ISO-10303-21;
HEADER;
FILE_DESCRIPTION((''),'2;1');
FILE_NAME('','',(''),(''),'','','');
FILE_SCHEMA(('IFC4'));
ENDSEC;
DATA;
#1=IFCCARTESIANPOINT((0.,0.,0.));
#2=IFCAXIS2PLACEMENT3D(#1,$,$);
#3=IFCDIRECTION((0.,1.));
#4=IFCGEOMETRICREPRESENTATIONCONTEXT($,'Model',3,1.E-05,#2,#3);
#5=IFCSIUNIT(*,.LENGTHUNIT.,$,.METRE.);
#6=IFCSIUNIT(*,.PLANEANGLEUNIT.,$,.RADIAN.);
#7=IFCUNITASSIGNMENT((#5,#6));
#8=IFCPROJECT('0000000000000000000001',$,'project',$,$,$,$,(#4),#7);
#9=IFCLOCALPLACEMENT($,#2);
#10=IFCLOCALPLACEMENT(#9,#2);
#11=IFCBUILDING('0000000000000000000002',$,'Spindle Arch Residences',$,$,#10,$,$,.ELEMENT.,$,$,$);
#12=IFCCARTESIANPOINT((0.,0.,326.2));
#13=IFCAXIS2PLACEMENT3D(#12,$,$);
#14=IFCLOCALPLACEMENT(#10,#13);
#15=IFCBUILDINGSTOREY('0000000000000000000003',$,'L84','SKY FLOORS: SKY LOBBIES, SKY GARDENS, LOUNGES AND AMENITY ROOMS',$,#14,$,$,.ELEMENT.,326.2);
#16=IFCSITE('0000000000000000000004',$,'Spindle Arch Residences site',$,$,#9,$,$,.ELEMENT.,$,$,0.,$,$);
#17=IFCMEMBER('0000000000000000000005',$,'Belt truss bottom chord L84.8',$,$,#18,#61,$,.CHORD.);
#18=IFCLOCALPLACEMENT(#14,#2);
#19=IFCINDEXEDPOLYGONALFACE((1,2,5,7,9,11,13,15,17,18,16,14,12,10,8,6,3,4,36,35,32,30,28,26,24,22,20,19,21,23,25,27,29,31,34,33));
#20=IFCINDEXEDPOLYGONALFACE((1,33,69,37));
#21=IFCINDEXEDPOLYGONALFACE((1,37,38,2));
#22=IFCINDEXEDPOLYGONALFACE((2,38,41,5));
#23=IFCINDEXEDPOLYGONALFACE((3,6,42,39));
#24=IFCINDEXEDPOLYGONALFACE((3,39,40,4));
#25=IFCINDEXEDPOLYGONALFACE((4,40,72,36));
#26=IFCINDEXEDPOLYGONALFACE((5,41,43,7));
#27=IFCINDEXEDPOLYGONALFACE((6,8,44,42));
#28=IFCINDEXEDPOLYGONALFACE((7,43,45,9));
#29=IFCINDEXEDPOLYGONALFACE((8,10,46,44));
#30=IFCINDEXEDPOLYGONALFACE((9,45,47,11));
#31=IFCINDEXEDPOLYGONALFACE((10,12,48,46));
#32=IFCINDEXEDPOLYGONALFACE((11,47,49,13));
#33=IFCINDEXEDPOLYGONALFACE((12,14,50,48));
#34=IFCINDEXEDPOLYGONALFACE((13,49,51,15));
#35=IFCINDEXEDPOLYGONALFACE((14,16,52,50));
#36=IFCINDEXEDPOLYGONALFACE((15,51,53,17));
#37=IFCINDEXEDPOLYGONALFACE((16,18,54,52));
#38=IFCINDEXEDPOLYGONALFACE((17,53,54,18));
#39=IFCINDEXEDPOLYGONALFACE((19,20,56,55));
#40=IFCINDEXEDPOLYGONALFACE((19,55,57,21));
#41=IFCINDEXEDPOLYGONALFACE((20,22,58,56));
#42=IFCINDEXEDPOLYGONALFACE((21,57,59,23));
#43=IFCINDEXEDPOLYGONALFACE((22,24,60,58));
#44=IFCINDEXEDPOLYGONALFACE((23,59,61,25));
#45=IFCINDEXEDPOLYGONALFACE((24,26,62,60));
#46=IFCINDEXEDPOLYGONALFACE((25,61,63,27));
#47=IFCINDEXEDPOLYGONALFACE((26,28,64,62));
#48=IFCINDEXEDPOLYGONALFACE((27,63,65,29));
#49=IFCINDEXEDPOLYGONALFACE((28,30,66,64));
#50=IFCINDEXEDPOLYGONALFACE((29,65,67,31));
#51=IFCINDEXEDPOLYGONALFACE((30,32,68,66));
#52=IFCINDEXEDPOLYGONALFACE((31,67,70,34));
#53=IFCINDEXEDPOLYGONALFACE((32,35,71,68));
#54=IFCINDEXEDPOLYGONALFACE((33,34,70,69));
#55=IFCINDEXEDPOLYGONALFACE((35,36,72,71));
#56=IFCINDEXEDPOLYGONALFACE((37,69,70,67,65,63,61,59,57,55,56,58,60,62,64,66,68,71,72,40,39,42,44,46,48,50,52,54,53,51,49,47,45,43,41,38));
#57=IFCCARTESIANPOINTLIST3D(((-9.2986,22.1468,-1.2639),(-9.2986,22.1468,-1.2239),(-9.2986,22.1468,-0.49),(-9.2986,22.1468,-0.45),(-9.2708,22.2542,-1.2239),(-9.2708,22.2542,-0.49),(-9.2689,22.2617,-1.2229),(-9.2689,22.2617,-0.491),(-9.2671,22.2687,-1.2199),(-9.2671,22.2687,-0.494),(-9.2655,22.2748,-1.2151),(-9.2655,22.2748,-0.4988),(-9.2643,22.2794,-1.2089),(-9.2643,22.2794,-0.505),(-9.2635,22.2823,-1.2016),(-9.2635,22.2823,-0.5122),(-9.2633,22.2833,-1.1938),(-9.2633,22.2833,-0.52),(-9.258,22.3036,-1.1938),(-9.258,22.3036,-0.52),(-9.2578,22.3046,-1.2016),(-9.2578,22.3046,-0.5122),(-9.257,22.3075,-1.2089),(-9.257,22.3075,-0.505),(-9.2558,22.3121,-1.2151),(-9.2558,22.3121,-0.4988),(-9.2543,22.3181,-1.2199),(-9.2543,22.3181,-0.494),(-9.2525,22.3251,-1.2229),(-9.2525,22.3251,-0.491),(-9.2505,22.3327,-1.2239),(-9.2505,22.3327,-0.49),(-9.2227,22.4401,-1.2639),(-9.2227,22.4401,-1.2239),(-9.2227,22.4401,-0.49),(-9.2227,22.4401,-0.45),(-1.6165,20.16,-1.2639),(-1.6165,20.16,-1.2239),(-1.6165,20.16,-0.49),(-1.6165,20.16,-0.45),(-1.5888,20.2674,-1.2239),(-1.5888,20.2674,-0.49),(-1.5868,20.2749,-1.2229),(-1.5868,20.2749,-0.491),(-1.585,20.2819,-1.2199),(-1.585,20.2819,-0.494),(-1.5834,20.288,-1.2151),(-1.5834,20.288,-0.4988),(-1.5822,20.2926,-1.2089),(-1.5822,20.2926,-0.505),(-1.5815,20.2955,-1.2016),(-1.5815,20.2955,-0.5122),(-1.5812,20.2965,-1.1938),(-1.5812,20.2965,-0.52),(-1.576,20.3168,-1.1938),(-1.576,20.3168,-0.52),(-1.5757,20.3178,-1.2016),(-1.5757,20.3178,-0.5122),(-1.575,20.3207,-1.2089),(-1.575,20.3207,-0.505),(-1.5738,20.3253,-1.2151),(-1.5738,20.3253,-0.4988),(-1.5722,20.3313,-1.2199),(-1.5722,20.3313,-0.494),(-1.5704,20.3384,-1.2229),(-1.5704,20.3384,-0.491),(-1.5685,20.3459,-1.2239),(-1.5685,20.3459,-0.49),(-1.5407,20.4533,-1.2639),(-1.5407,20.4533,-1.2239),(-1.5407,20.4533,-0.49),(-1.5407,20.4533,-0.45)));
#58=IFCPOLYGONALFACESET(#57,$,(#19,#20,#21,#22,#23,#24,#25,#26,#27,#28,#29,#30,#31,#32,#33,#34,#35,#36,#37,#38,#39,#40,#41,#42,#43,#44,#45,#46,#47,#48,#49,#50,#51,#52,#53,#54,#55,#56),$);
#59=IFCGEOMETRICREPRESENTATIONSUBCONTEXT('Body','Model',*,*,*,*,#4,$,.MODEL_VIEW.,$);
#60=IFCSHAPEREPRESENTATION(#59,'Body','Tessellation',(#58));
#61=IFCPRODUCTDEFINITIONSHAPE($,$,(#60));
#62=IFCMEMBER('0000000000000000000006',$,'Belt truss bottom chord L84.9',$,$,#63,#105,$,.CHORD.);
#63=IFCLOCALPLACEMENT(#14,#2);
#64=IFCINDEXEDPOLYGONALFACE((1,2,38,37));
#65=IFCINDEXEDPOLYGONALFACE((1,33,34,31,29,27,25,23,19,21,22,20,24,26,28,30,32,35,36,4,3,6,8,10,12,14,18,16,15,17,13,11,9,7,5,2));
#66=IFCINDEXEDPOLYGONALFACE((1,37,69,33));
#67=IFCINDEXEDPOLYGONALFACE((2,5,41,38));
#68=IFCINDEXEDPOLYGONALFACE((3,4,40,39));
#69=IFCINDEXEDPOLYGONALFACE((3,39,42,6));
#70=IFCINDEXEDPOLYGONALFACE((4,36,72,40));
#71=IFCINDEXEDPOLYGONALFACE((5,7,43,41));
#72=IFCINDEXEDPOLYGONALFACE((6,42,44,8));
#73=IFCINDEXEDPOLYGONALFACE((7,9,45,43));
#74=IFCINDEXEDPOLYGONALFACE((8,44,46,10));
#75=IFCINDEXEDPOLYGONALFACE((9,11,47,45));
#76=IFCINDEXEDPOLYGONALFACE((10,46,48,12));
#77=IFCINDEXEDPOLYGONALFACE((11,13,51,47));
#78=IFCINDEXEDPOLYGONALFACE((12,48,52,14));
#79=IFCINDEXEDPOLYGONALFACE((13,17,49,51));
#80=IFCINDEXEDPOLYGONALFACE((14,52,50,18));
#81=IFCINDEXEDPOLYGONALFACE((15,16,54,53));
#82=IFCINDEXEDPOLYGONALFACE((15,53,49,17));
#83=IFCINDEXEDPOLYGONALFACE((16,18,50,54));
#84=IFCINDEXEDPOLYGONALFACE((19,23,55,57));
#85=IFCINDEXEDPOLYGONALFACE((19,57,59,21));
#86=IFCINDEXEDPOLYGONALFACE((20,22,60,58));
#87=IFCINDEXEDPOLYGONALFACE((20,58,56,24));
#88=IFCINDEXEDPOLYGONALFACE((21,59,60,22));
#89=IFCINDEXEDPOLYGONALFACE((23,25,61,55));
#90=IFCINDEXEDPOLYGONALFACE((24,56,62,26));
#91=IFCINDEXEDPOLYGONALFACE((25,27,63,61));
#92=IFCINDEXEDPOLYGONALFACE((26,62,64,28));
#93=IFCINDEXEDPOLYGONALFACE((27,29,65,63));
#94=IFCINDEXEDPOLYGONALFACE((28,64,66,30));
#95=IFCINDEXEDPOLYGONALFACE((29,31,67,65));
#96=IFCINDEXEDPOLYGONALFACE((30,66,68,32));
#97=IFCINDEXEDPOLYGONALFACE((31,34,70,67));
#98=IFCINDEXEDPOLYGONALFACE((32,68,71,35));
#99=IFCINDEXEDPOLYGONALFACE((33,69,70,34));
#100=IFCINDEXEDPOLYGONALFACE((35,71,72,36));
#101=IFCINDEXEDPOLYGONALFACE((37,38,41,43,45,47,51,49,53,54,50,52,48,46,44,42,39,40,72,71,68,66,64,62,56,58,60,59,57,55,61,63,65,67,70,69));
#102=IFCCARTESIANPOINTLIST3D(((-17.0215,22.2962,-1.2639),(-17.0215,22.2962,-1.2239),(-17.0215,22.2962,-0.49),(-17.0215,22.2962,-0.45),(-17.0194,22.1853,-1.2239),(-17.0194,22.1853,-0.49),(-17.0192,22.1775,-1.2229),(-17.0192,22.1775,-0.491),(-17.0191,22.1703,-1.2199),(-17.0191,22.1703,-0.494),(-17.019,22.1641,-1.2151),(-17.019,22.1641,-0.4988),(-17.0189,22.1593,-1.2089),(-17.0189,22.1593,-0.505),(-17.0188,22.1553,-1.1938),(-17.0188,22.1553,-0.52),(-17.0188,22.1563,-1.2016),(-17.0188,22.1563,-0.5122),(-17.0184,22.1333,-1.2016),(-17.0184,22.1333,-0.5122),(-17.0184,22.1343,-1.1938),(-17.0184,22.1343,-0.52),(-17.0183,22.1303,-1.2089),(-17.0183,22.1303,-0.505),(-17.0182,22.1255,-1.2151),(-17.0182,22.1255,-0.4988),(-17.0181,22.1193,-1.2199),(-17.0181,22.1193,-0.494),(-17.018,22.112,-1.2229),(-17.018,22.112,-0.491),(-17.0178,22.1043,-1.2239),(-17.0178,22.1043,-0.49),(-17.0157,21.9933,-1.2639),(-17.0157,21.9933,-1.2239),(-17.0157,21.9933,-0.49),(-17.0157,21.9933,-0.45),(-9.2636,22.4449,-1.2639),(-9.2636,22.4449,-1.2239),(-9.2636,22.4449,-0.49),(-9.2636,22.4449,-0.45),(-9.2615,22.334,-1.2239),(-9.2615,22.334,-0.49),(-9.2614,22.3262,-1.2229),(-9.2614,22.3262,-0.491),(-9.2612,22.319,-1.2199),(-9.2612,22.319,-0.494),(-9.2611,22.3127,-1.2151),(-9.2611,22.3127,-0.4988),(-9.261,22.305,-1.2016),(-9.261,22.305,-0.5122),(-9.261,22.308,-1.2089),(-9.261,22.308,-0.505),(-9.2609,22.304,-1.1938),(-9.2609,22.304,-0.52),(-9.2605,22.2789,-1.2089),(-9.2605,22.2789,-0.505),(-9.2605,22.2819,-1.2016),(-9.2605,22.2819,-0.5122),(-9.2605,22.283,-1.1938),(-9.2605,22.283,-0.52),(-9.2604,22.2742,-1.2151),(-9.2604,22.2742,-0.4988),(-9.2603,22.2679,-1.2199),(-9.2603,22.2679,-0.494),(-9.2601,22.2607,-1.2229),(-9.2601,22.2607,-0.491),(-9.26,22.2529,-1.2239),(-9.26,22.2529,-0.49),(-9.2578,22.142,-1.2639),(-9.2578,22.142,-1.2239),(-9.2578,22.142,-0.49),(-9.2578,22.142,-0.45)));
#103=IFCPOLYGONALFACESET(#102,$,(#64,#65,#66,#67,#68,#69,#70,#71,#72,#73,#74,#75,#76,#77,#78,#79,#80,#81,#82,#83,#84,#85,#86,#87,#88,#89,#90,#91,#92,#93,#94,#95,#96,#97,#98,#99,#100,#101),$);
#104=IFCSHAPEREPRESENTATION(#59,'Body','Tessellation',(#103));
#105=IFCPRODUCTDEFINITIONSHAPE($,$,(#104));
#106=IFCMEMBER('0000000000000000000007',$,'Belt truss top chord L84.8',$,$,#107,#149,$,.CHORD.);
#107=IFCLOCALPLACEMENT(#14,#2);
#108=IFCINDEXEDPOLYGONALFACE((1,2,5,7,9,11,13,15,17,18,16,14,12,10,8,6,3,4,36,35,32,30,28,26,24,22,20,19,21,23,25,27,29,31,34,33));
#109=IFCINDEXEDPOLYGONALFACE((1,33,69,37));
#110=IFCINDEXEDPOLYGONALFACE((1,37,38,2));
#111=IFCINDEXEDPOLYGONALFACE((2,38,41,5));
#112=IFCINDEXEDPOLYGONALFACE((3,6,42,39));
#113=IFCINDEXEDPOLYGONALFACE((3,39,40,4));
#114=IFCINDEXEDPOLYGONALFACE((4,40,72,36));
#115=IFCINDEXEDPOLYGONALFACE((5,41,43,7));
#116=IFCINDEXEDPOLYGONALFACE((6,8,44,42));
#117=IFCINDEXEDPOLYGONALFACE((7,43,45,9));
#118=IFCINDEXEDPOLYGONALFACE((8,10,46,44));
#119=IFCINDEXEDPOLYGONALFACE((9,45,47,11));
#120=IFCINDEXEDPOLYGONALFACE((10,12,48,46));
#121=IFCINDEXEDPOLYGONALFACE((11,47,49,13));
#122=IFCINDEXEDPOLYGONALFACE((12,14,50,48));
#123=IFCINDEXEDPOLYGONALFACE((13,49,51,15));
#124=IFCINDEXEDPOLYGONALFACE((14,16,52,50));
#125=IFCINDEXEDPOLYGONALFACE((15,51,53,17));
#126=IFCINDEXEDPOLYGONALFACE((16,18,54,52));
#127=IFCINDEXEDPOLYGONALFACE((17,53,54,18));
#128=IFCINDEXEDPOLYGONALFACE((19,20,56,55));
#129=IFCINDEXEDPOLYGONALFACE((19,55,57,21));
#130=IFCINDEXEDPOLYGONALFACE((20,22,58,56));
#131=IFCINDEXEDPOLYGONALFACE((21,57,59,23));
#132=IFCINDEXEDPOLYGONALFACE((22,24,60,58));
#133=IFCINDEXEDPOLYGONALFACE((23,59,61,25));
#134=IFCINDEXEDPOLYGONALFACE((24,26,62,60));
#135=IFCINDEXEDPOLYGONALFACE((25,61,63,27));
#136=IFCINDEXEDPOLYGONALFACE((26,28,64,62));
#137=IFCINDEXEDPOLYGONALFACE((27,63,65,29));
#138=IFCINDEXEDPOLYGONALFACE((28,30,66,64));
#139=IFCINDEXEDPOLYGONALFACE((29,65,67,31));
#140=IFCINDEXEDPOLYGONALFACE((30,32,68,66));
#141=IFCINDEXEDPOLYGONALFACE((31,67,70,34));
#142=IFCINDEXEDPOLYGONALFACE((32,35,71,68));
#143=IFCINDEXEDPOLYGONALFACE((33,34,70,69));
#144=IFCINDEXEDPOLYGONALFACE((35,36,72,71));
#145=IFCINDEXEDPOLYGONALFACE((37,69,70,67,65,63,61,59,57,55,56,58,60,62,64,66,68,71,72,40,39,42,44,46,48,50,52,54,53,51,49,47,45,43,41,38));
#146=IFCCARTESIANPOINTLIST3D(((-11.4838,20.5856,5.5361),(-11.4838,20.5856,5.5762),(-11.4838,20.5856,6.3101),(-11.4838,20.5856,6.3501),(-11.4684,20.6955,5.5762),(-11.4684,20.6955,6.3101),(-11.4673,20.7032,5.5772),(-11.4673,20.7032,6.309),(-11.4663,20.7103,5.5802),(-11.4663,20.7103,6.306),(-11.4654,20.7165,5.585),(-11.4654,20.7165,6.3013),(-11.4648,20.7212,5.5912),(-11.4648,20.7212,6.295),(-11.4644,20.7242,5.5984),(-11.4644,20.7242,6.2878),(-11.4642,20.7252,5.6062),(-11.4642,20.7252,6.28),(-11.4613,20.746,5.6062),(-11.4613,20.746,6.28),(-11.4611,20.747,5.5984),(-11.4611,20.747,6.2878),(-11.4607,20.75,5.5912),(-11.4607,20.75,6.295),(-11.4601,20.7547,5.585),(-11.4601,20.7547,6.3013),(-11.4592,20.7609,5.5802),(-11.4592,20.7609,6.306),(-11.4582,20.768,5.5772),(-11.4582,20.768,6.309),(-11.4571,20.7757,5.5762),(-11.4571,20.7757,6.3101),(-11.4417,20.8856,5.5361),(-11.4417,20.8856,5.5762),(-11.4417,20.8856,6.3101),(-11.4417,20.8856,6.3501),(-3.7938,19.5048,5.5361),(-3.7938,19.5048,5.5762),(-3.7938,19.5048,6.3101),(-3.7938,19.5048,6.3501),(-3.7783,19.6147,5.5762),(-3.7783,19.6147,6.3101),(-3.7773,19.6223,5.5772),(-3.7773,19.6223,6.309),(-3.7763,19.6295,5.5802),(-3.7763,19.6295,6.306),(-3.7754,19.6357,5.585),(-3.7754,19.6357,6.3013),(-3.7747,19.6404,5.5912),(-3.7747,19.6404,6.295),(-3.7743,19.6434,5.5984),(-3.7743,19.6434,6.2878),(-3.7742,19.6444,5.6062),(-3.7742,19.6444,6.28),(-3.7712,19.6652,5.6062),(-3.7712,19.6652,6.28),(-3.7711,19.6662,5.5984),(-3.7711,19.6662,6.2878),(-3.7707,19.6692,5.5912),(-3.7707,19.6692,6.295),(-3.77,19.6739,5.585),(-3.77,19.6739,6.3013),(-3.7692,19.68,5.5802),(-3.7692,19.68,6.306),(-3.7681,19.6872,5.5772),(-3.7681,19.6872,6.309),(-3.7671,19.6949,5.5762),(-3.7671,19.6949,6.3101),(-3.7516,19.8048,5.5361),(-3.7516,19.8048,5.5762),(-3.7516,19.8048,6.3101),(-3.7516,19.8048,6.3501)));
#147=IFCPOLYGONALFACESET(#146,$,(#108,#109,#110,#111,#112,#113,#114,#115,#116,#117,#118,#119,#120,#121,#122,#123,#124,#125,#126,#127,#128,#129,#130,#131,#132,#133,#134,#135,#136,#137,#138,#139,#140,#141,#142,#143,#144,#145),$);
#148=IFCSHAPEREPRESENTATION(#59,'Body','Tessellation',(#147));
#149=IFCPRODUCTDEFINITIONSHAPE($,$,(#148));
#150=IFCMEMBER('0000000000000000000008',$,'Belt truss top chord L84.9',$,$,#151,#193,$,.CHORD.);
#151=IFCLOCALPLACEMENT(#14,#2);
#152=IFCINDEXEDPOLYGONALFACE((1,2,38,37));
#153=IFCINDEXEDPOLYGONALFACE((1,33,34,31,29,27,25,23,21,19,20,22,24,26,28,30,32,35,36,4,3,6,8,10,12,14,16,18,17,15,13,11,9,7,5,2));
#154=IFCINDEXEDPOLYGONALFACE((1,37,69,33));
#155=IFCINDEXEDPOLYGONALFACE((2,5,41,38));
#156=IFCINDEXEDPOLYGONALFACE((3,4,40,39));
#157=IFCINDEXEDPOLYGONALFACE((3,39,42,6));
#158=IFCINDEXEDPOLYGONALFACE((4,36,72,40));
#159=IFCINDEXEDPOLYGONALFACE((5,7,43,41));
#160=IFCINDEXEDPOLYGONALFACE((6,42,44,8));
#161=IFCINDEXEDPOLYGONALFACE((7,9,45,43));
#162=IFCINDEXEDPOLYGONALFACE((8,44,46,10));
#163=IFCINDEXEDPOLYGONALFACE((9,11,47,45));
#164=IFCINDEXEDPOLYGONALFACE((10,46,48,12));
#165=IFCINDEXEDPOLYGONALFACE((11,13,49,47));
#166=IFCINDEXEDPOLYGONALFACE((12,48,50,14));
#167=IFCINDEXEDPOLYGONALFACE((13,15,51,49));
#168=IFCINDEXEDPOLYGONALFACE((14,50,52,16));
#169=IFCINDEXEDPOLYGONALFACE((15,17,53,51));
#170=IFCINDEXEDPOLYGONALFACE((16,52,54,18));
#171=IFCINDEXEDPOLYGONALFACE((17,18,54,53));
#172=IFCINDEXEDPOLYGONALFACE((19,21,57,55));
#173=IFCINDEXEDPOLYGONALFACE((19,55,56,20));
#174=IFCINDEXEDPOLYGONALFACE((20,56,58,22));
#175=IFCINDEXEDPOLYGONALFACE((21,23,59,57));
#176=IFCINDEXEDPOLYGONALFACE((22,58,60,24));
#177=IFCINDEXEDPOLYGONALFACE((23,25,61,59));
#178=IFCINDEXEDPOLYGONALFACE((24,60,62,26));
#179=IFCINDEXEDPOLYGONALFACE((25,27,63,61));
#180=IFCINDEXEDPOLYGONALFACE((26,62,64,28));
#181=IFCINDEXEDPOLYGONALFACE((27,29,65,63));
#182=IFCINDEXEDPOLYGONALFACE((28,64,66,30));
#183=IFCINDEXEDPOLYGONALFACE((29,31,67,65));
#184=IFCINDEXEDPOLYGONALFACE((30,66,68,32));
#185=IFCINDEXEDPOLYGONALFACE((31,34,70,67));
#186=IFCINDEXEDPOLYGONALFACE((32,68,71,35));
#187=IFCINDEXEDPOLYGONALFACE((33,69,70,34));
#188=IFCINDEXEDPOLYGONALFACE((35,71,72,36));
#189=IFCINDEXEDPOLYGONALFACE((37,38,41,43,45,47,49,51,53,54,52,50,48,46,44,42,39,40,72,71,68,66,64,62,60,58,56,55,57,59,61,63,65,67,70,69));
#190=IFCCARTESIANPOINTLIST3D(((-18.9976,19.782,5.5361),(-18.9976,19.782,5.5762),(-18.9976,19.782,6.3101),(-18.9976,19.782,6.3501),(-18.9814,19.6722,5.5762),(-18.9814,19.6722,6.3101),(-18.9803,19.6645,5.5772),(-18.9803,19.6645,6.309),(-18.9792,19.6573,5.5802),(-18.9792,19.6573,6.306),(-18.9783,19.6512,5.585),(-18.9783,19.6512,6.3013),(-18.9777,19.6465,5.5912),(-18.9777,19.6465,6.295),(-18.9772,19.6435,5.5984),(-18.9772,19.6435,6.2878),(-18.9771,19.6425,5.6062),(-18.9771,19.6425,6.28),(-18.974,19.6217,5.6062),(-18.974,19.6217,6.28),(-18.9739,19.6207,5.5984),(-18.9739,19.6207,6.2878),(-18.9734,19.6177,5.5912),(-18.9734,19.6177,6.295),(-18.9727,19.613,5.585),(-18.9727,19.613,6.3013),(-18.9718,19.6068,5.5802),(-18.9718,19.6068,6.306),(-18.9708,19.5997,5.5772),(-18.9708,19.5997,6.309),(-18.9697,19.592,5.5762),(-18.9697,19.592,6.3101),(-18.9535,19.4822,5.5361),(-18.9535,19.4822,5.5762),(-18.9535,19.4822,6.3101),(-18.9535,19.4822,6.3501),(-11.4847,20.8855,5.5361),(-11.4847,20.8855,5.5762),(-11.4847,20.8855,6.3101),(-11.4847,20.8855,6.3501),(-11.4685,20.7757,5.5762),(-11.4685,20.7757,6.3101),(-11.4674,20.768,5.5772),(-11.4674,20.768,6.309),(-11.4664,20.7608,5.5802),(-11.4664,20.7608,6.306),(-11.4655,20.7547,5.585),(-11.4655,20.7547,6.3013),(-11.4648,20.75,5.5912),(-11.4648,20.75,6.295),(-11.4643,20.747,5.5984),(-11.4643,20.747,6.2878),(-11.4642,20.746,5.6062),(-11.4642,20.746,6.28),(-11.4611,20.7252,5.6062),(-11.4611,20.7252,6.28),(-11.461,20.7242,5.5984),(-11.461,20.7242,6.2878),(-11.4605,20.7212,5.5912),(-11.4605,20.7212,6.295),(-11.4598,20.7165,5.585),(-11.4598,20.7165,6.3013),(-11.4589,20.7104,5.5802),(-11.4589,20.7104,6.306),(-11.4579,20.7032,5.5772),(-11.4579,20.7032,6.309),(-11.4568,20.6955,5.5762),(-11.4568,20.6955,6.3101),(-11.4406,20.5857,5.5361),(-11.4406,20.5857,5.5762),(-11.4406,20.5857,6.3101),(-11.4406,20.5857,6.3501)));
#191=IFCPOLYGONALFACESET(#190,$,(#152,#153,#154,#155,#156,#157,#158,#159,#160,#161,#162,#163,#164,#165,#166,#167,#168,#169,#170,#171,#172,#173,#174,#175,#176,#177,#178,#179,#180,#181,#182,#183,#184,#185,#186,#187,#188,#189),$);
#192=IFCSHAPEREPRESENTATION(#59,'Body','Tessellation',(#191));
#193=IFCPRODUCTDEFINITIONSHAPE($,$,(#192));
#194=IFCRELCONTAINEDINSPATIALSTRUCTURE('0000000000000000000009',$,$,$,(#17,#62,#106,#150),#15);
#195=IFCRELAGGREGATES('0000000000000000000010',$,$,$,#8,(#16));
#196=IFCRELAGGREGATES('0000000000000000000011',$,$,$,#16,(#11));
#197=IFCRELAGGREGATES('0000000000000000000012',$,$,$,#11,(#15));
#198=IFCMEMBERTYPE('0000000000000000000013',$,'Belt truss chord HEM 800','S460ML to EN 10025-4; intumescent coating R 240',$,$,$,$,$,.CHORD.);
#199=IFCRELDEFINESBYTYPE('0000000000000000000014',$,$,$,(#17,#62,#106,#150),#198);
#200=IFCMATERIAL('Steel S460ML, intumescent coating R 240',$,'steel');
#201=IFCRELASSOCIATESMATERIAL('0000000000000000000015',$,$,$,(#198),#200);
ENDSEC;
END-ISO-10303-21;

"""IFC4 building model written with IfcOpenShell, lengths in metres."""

from ifc_helpers import new_model, si_unit, direction, frame, origin, origin_2d, place, context, subcontext, project, spatial, i_section, extrude, material, material_profile, profile_set, type_object, element, save


model = new_model("IFC4")

# Units and contexts
model_context = context("Model", 3, precision=1e-05, world=origin(), true_north=direction((0.0, 1.0)))
body_context = subcontext(model_context, "Body", "Model", "MODEL_VIEW")
ifc_project = project(units=[si_unit("LENGTHUNIT", "METRE"), si_unit("PLANEANGLEUNIT", "RADIAN")], contexts=[model_context])

# Site, building, storey
site_placement = place(None, origin())
site = spatial("IfcSite", under=ifc_project, at=site_placement, Name="Spindle Arch Residences site", CompositionType="ELEMENT", RefElevation=0.0)
building_placement = place(site_placement, origin())
building = spatial("IfcBuilding", under=site, at=building_placement, Name="Spindle Arch Residences", CompositionType="ELEMENT")
storey_placement = place(building_placement, frame((0.0, 0.0, 326.2)))
storey = spatial("IfcBuildingStorey", under=building, at=storey_placement, Name="L84", Description="SKY FLOORS: SKY LOBBIES, SKY GARDENS, LOUNGES AND AMENITY ROOMS", CompositionType="ELEMENT", Elevation=326.2)

# Members
ifc_material_1 = material(Name="Steel S460ML, intumescent coating R 240", Category="steel")
ifc_material_profile_1 = material_profile(ifc_material_1, i_section(OverallWidth=0.303, OverallDepth=0.814, WebThickness=0.021, FlangeThickness=0.04, FilletRadius=0.03, at=origin_2d()), Name="HEM 800")
ifc_profile_set_1 = profile_set([ifc_material_profile_1], Name="Steel S460ML, intumescent coating R 240")
member_type_1 = type_object("IfcMemberType", Name="Belt truss chord HEM 800", Description="S460ML to EN 10025-4; intumescent coating R 240", PredefinedType="CHORD", material=ifc_profile_set_1)
member_1_placement = place(storey_placement, frame((-1.5786, 20.3066, -0.8569), z_axis=(-0.968145, 0.25039, 0.0), x_axis=(-0.25039, -0.968145, 0.0)))
element("IfcMember", 1, at=member_1_placement, inside=storey, type_object=member_type_1, Name="Belt truss bottom chord L84.8", PredefinedType="CHORD", context=body_context, shape_type="SweptSolid", body=[
    extrude(i_section(OverallWidth=0.303, OverallDepth=0.814, WebThickness=0.021, FlangeThickness=0.04, FilletRadius=0.03, at=origin_2d()), origin(), (0.0, 0.0, 1.0), 7.9348),
])
member_2_placement = place(storey_placement, frame((-9.2607, 22.2935, -0.8569), z_axis=(-0.999816, -0.019162, 0.0), x_axis=(0.019162, -0.999816, 0.0)))
element("IfcMember", 2, at=member_2_placement, inside=storey, type_object=member_type_1, Name="Belt truss bottom chord L84.9", PredefinedType="CHORD", context=body_context, shape_type="SweptSolid", body=[
    extrude(i_section(OverallWidth=0.303, OverallDepth=0.814, WebThickness=0.021, FlangeThickness=0.04, FilletRadius=0.03, at=origin_2d()), origin(), (0.0, 0.0, 1.0), 7.7593),
])
member_3_placement = place(storey_placement, frame((-3.7727, 19.6548, 5.9431), z_axis=(-0.990267, 0.139181, 0.0), x_axis=(-0.139181, -0.990267, 0.0)))
element("IfcMember", 3, at=member_3_placement, inside=storey, type_object=member_type_1, Name="Belt truss top chord L84.8", PredefinedType="CHORD", context=body_context, shape_type="SweptSolid", body=[
    extrude(i_section(OverallWidth=0.303, OverallDepth=0.814, WebThickness=0.021, FlangeThickness=0.04, FilletRadius=0.03, at=origin_2d()), origin(), (0.0, 0.0, 1.0), 7.7656),
])
member_4_placement = place(storey_placement, frame((-11.4626, 20.7356, 5.9431), z_axis=(-0.989384, -0.145323, 0.0), x_axis=(0.145323, -0.989384, 0.0)))
element("IfcMember", 4, at=member_4_placement, inside=storey, type_object=member_type_1, Name="Belt truss top chord L84.9", PredefinedType="CHORD", context=body_context, shape_type="SweptSolid", body=[
    extrude(i_section(OverallWidth=0.303, OverallDepth=0.814, WebThickness=0.021, FlangeThickness=0.04, FilletRadius=0.03, at=origin_2d()), origin(), (0.0, 0.0, 1.0), 7.5935),
])

save(model, "model.ifc")
